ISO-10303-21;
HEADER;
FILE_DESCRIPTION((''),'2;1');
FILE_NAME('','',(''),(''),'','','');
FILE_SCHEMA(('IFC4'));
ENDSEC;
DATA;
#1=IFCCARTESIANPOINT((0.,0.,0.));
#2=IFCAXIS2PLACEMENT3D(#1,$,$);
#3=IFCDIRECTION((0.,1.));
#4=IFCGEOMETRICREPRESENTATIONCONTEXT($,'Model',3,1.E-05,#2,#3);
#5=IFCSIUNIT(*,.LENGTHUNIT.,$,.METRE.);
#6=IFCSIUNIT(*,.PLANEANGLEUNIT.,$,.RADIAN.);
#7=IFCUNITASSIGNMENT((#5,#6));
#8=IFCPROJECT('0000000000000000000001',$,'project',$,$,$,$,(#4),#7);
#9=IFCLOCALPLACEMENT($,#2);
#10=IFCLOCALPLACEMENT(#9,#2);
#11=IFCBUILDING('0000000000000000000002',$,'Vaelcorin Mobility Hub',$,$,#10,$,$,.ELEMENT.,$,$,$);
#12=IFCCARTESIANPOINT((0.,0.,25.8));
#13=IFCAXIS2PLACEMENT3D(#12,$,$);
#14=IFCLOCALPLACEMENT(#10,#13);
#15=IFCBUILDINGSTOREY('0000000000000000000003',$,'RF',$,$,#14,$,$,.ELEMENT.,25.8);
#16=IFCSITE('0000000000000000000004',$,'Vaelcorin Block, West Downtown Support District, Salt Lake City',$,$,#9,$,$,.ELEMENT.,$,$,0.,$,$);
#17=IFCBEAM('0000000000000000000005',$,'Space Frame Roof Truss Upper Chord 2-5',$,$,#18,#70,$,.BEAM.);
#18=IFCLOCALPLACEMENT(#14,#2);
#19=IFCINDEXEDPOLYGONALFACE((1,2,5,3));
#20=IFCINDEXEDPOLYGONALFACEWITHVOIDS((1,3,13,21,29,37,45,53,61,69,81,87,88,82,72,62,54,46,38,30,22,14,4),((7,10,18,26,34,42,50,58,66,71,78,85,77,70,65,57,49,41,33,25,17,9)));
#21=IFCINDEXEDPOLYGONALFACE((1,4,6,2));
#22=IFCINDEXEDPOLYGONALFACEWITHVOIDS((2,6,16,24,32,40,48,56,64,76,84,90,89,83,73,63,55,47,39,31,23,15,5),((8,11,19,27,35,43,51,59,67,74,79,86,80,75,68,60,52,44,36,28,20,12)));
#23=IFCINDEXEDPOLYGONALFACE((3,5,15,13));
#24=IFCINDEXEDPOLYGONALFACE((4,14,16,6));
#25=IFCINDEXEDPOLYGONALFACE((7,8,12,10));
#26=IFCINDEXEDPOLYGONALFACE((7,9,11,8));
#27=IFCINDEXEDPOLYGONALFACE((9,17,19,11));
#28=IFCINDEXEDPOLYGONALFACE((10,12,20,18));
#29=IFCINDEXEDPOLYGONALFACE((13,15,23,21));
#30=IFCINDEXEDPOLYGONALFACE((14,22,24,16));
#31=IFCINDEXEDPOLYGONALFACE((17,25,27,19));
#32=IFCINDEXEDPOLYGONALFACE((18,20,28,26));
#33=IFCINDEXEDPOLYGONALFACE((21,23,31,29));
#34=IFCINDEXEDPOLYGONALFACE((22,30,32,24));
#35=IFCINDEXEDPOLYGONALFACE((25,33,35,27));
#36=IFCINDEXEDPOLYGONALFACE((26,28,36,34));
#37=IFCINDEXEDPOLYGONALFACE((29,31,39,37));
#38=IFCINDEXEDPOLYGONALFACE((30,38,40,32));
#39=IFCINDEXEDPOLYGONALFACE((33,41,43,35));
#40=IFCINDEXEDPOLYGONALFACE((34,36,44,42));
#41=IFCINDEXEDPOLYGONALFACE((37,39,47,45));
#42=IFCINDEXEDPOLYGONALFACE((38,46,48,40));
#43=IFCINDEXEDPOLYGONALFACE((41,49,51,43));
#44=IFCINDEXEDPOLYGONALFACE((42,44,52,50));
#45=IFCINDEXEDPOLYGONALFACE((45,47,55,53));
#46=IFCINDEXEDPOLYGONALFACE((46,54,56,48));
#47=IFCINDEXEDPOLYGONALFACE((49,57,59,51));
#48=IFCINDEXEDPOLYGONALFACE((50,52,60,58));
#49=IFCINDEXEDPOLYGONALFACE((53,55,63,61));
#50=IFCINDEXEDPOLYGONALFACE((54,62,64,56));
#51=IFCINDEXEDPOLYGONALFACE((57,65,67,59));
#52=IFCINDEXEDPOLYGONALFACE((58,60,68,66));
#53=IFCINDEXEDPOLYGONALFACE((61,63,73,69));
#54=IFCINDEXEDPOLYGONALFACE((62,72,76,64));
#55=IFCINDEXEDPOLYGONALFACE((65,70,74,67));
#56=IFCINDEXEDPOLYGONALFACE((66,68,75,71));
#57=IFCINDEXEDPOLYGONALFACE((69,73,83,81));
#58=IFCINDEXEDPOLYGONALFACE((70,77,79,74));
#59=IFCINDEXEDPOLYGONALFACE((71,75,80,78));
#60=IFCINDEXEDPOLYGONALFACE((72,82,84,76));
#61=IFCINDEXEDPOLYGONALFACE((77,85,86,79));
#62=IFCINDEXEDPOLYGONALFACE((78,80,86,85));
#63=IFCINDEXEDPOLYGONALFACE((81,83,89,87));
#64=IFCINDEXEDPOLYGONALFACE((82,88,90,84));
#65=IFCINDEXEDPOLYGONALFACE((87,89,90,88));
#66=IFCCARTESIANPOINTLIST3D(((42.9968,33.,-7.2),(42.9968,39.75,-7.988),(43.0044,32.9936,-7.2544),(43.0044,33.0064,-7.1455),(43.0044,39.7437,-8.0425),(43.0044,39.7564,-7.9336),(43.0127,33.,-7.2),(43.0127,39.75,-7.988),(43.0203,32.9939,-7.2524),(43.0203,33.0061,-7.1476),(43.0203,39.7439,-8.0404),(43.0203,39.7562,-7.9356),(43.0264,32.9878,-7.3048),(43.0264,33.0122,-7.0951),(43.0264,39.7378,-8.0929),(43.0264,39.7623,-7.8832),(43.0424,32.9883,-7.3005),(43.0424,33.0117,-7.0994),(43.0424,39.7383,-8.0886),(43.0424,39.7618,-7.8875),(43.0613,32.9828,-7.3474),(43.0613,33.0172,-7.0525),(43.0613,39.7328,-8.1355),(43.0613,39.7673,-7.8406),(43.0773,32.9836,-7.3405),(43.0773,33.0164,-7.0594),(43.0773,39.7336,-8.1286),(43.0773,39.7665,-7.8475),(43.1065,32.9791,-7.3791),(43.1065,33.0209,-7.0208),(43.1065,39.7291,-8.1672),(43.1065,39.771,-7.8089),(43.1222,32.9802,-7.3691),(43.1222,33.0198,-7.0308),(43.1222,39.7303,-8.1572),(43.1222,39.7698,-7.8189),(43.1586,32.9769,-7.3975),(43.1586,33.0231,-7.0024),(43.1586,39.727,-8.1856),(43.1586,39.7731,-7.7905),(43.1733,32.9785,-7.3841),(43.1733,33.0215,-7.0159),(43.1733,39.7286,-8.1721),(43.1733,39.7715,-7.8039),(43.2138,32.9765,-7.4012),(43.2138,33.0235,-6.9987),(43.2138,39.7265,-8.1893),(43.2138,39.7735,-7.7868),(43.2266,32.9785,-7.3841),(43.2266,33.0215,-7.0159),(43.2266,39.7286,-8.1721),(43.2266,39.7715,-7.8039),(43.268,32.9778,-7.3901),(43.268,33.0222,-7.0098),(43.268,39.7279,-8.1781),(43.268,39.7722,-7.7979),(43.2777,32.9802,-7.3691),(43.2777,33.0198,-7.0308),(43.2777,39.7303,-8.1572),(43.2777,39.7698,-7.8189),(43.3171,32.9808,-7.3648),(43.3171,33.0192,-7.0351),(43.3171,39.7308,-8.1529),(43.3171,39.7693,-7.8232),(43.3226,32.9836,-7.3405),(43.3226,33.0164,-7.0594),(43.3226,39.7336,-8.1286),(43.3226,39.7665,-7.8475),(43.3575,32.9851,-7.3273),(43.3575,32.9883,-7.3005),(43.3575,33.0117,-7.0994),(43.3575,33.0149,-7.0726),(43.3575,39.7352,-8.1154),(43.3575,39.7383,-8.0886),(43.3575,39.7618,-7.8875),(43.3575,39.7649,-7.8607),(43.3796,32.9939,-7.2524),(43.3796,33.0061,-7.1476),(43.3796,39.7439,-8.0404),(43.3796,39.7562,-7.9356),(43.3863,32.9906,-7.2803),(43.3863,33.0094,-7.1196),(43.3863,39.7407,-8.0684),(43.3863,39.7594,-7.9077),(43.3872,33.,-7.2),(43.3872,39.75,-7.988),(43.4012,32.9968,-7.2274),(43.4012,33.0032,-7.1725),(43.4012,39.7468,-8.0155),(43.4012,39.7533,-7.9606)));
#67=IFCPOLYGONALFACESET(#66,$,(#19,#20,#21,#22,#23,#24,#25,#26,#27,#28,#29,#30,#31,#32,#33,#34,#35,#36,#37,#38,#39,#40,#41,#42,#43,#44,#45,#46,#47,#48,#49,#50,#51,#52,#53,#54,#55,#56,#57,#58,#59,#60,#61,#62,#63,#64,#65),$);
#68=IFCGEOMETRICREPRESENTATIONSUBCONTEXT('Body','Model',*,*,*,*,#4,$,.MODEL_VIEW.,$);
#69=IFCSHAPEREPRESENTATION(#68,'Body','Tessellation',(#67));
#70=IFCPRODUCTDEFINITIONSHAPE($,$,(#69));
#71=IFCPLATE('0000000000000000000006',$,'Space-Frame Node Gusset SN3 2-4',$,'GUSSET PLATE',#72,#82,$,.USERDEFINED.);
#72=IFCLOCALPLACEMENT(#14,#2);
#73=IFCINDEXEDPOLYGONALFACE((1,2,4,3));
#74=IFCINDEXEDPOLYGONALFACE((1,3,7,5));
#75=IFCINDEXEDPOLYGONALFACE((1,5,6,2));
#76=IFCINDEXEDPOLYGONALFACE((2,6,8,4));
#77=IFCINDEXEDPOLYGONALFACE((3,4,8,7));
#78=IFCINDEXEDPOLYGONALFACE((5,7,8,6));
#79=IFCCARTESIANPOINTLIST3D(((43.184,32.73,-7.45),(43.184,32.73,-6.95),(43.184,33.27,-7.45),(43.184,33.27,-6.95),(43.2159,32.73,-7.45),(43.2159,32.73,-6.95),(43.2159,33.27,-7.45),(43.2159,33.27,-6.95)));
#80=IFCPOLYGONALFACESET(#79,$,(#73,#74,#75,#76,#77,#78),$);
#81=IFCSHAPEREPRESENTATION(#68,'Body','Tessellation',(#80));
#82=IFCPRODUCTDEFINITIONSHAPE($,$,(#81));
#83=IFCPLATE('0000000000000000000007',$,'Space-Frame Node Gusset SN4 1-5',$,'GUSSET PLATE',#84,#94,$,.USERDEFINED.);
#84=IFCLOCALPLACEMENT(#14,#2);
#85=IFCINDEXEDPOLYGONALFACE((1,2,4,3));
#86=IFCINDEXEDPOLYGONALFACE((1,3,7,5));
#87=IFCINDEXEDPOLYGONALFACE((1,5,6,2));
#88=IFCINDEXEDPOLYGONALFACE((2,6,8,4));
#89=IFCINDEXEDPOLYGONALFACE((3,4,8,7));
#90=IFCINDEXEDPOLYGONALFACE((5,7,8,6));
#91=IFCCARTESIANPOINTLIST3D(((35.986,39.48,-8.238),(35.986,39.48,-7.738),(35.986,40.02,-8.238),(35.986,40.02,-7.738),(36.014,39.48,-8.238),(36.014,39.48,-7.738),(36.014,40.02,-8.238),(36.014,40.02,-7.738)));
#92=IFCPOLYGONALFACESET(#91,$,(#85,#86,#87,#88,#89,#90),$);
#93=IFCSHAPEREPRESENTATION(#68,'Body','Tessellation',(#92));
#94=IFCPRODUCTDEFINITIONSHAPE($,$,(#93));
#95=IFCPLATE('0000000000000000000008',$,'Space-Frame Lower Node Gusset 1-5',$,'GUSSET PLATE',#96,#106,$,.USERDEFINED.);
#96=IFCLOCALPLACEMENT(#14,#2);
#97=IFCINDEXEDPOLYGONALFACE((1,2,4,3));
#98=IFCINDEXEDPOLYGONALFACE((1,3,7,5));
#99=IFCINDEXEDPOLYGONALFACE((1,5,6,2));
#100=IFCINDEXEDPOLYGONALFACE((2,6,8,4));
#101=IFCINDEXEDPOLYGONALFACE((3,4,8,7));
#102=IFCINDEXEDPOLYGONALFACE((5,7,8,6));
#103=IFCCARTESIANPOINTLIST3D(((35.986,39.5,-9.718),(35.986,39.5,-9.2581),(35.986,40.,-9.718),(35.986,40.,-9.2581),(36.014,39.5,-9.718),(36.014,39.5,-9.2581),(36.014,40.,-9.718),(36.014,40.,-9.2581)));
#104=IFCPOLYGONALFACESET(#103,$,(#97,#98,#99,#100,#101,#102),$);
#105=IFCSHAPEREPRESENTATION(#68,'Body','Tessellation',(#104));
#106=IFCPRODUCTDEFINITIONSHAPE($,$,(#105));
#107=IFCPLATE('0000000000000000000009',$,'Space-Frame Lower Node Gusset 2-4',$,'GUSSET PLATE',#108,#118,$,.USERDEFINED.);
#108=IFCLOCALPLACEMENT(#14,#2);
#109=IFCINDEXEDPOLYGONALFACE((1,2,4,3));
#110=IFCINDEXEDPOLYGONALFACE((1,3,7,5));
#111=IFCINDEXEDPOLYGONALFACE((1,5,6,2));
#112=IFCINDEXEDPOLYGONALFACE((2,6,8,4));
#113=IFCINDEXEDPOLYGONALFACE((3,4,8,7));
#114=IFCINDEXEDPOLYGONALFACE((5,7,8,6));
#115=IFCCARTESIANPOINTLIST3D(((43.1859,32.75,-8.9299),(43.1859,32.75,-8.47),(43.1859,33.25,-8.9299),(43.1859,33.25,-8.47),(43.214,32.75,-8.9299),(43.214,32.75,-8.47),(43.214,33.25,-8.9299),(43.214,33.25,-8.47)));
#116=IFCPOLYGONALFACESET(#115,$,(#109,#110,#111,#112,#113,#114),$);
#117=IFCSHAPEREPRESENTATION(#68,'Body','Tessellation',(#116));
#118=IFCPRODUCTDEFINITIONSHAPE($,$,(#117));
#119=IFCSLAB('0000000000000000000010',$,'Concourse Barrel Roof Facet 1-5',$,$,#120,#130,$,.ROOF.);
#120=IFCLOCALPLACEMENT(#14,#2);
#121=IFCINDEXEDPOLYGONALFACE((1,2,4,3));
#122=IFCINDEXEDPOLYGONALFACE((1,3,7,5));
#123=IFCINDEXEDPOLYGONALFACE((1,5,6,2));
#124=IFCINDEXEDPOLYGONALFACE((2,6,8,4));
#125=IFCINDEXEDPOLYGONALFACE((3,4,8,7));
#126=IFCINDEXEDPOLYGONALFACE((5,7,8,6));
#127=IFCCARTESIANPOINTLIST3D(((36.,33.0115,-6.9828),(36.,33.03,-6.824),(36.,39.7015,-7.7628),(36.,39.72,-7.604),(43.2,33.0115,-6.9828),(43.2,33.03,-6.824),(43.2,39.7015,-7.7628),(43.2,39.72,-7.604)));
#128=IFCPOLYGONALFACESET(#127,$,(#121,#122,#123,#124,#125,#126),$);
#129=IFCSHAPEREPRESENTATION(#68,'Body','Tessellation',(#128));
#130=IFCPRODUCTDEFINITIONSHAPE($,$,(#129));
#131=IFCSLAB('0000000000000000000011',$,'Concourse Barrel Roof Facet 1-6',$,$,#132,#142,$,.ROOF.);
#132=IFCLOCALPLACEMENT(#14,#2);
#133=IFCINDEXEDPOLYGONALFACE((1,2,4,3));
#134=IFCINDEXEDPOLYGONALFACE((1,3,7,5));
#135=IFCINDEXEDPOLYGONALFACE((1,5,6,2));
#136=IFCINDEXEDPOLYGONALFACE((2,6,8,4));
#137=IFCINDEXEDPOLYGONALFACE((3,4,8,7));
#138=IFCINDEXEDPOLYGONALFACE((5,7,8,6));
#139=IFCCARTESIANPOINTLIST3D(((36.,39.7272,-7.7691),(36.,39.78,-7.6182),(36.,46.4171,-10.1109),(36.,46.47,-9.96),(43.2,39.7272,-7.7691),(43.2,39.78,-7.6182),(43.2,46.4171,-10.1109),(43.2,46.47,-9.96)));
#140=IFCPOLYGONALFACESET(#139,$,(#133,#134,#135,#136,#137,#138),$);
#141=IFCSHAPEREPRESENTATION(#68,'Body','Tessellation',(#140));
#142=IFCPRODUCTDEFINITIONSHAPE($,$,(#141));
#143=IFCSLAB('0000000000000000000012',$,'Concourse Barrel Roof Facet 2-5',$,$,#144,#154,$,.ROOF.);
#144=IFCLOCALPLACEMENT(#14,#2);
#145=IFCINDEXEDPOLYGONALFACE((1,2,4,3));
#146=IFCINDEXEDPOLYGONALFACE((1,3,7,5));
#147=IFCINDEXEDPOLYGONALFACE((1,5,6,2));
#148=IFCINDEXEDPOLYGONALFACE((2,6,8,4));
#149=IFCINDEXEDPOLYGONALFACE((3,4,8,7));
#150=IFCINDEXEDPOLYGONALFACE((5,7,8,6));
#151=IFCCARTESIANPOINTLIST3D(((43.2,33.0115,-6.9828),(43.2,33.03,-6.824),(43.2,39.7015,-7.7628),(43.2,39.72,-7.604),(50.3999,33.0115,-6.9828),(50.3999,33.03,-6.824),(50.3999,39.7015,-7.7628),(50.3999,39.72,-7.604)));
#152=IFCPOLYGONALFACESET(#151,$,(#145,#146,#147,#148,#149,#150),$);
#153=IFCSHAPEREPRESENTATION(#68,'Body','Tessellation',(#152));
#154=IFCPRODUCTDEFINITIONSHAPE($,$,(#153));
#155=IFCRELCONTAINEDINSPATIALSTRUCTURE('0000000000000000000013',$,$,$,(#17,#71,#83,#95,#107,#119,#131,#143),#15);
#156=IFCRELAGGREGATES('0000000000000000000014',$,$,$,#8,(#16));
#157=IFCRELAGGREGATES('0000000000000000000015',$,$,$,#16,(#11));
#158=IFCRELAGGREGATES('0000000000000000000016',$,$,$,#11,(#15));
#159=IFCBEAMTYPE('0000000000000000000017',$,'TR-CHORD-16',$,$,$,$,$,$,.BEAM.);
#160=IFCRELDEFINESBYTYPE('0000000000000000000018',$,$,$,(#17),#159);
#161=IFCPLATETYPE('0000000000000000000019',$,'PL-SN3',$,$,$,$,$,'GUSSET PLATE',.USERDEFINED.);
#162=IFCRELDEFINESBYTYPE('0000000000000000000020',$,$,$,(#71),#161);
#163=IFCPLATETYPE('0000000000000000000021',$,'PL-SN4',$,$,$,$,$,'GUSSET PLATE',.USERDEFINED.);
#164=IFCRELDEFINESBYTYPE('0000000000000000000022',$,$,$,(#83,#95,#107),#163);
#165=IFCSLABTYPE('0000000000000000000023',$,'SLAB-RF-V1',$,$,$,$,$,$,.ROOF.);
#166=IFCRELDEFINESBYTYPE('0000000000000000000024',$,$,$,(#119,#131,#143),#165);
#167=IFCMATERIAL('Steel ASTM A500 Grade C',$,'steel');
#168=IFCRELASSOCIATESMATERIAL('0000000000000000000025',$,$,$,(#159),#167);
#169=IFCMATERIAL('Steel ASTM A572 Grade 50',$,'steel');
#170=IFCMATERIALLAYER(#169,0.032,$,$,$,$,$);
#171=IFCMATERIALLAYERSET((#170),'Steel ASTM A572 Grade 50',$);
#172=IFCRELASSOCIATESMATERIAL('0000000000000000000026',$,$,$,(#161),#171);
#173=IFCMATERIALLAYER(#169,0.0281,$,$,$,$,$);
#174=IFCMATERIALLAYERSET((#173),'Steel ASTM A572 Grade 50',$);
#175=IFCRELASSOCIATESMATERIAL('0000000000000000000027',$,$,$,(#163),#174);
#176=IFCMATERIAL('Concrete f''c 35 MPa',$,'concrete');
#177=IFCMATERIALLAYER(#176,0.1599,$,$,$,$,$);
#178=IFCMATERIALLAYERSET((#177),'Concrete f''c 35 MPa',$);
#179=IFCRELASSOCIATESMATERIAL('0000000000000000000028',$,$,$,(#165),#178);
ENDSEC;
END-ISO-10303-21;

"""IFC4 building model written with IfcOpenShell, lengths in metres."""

from ifc_helpers import new_model, si_unit, direction, frame, origin, origin_2d, place, context, subcontext, project, spatial, polyline, rectangle, hollow_circle, outline, extrude, material, layer, layer_set, material_profile, profile_set, type_object, element, save


model = new_model("IFC4")

# Units and contexts
model_context = context("Model", 3, precision=1e-05, world=origin(), true_north=direction((0.0, 1.0)))
body_context = subcontext(model_context, "Body", "Model", "MODEL_VIEW")
ifc_project = project(units=[si_unit("LENGTHUNIT", "METRE"), si_unit("PLANEANGLEUNIT", "RADIAN")], contexts=[model_context])

# Site, building, storey
site_placement = place(None, origin())
site = spatial("IfcSite", under=ifc_project, at=site_placement, Name="Vaelcorin Block, West Downtown Support District, Salt Lake City", CompositionType="ELEMENT", RefElevation=0.0)
building_placement = place(site_placement, origin())
building = spatial("IfcBuilding", under=site, at=building_placement, Name="Vaelcorin Mobility Hub", CompositionType="ELEMENT")
storey_placement = place(building_placement, frame((0.0, 0.0, 25.8)))
storey = spatial("IfcBuildingStorey", under=building, at=storey_placement, Name="RF", CompositionType="ELEMENT", Elevation=25.8)

# Shared definitions
ifc_material_1 = material(Name="Steel ASTM A500 Grade C", Category="steel")

# Beam
ifc_material_profile_1 = material_profile(ifc_material_1, hollow_circle(Radius=0.2031, WallThickness=0.0159, at=origin_2d()), Name="HSS16.000X0.625")
ifc_profile_set_1 = profile_set([ifc_material_profile_1], Name="Steel ASTM A500 Grade C")
beam_type = type_object("IfcBeamType", Name="TR-CHORD-16", PredefinedType="BEAM", material=ifc_profile_set_1)
beam_1_placement = place(storey_placement, frame((43.2, 33.0, -7.2), z_axis=(0.0, 0.993253, -0.115966), x_axis=(-1.0, 0.0, 0.0)))
element("IfcBeam", 1, at=beam_1_placement, inside=storey, type_object=beam_type, Name="Space Frame Roof Truss Upper Chord 2-5", PredefinedType="BEAM", context=body_context, shape_type="SweptSolid", body=[
    extrude(hollow_circle(Radius=0.2031, WallThickness=0.0159, at=origin_2d()), origin(), (0.0, 0.0, 1.0), 6.7959),
])

# Plates
ifc_material_2 = material(Name="Steel ASTM A572 Grade 50", Category="steel")
ifc_layer_1 = layer(ifc_material_2, 0.032)
ifc_layer_set_1 = layer_set([ifc_layer_1], Name="Steel ASTM A572 Grade 50")
plate_type_1 = type_object("IfcPlateType", Name="PL-SN3", ElementType="GUSSET PLATE", PredefinedType="USERDEFINED", material=ifc_layer_set_1)
plate_1_placement = place(storey_placement, frame((43.2, 33.0, -7.45), z_axis=(0.0, 0.0, 1.0), x_axis=(1.0, 0.0, 0.0)))
element("IfcPlate", 2, at=plate_1_placement, inside=storey, type_object=plate_type_1, Name="Space-Frame Node Gusset SN3 2-4", ObjectType="GUSSET PLATE", PredefinedType="USERDEFINED", context=body_context, shape_type="SweptSolid", body=[
    extrude(rectangle(XDim=0.032, YDim=0.54, at=origin_2d()), origin(), (0.0, 0.0, 1.0), 0.5),
])
ifc_layer_2 = layer(ifc_material_2, 0.0281)
ifc_layer_set_2 = layer_set([ifc_layer_2], Name="Steel ASTM A572 Grade 50")
plate_type_2 = type_object("IfcPlateType", Name="PL-SN4", ElementType="GUSSET PLATE", PredefinedType="USERDEFINED", material=ifc_layer_set_2)
plate_2_placement = place(storey_placement, frame((36.0, 39.75, -8.238), z_axis=(0.0, 0.0, 1.0), x_axis=(1.0, 0.0, 0.0)))
element("IfcPlate", 3, at=plate_2_placement, inside=storey, type_object=plate_type_2, Name="Space-Frame Node Gusset SN4 1-5", ObjectType="GUSSET PLATE", PredefinedType="USERDEFINED", context=body_context, shape_type="SweptSolid", body=[
    extrude(rectangle(XDim=0.0281, YDim=0.54, at=origin_2d()), origin(), (0.0, 0.0, 1.0), 0.5),
])
for number, where, z_axis, x_axis, name in (
    (4, (36.0, 39.75, -9.718), (0.0, 0.0, 1.0), (1.0, 0.0, 0.0), "Space-Frame Lower Node Gusset 1-5"),
    (5, (43.2, 33.0, -8.9299), (0.0, 0.0, 1.0), (1.0, 0.0, 0.0), "Space-Frame Lower Node Gusset 2-4"),
):
    element("IfcPlate", number, at=place(storey_placement, frame(where, z_axis=z_axis, x_axis=x_axis)), inside=storey, type_object=plate_type_2, Name=name, ObjectType="GUSSET PLATE", PredefinedType="USERDEFINED", context=body_context, shape_type="SweptSolid", body=[
        extrude(rectangle(XDim=0.0281, YDim=0.5, at=origin_2d()), origin(), (0.0, 0.0, 1.0), 0.46),
    ])

# Slabs
ifc_material_3 = material(Name="Concrete f'c 35 MPa", Category="concrete")
ifc_layer_3 = layer(ifc_material_3, 0.1599)
ifc_layer_set_3 = layer_set([ifc_layer_3], Name="Concrete f'c 35 MPa")
slab_type = type_object("IfcSlabType", Name="SLAB-RF-V1", PredefinedType="ROOF", material=ifc_layer_set_3)
slab_1_placement = place(storey_placement, frame((36.0, 33.03, -6.824), z_axis=(0.0, 0.115813, 0.993271), x_axis=(1.0, 0.0, 0.0)))
element("IfcSlab", 6, at=slab_1_placement, inside=storey, type_object=slab_type, Name="Concourse Barrel Roof Facet 1-5", PredefinedType="ROOF", context=body_context, shape_type="SweptSolid", body=[
    extrude(outline(polyline([(0.0, 0.0), (7.2, 0.0), (7.2, 6.7353), (0.0, 6.7353), (0.0, 0.0)])), origin(), (0.0, 0.0, -1.0), 0.1599),
])
slab_2_placement = place(storey_placement, frame((36.0, 39.78, -7.6182), z_axis=(0.0, 0.33039, 0.943844), x_axis=(1.0, 0.0, 0.0)))
element("IfcSlab", 7, at=slab_2_placement, inside=storey, type_object=slab_type, Name="Concourse Barrel Roof Facet 1-6", PredefinedType="ROOF", context=body_context, shape_type="SweptSolid", body=[
    extrude(outline(polyline([(0.0, 0.0), (7.2, 0.0), (7.2, 7.088), (0.0, 7.088), (0.0, 0.0)])), origin(), (0.0, 0.0, -1.0), 0.1599),
])
slab_3_placement = place(storey_placement, frame((43.2, 33.03, -6.824), z_axis=(0.0, 0.115813, 0.993271), x_axis=(1.0, 0.0, 0.0)))
element("IfcSlab", 8, at=slab_3_placement, inside=storey, type_object=slab_type, Name="Concourse Barrel Roof Facet 2-5", PredefinedType="ROOF", context=body_context, shape_type="SweptSolid", body=[
    extrude(outline(polyline([(0.0, 0.0), (7.2, 0.0), (7.2, 6.7353), (0.0, 6.7353), (0.0, 0.0)])), origin(), (0.0, 0.0, -1.0), 0.1599),
])

save(model, "model.ifc")
